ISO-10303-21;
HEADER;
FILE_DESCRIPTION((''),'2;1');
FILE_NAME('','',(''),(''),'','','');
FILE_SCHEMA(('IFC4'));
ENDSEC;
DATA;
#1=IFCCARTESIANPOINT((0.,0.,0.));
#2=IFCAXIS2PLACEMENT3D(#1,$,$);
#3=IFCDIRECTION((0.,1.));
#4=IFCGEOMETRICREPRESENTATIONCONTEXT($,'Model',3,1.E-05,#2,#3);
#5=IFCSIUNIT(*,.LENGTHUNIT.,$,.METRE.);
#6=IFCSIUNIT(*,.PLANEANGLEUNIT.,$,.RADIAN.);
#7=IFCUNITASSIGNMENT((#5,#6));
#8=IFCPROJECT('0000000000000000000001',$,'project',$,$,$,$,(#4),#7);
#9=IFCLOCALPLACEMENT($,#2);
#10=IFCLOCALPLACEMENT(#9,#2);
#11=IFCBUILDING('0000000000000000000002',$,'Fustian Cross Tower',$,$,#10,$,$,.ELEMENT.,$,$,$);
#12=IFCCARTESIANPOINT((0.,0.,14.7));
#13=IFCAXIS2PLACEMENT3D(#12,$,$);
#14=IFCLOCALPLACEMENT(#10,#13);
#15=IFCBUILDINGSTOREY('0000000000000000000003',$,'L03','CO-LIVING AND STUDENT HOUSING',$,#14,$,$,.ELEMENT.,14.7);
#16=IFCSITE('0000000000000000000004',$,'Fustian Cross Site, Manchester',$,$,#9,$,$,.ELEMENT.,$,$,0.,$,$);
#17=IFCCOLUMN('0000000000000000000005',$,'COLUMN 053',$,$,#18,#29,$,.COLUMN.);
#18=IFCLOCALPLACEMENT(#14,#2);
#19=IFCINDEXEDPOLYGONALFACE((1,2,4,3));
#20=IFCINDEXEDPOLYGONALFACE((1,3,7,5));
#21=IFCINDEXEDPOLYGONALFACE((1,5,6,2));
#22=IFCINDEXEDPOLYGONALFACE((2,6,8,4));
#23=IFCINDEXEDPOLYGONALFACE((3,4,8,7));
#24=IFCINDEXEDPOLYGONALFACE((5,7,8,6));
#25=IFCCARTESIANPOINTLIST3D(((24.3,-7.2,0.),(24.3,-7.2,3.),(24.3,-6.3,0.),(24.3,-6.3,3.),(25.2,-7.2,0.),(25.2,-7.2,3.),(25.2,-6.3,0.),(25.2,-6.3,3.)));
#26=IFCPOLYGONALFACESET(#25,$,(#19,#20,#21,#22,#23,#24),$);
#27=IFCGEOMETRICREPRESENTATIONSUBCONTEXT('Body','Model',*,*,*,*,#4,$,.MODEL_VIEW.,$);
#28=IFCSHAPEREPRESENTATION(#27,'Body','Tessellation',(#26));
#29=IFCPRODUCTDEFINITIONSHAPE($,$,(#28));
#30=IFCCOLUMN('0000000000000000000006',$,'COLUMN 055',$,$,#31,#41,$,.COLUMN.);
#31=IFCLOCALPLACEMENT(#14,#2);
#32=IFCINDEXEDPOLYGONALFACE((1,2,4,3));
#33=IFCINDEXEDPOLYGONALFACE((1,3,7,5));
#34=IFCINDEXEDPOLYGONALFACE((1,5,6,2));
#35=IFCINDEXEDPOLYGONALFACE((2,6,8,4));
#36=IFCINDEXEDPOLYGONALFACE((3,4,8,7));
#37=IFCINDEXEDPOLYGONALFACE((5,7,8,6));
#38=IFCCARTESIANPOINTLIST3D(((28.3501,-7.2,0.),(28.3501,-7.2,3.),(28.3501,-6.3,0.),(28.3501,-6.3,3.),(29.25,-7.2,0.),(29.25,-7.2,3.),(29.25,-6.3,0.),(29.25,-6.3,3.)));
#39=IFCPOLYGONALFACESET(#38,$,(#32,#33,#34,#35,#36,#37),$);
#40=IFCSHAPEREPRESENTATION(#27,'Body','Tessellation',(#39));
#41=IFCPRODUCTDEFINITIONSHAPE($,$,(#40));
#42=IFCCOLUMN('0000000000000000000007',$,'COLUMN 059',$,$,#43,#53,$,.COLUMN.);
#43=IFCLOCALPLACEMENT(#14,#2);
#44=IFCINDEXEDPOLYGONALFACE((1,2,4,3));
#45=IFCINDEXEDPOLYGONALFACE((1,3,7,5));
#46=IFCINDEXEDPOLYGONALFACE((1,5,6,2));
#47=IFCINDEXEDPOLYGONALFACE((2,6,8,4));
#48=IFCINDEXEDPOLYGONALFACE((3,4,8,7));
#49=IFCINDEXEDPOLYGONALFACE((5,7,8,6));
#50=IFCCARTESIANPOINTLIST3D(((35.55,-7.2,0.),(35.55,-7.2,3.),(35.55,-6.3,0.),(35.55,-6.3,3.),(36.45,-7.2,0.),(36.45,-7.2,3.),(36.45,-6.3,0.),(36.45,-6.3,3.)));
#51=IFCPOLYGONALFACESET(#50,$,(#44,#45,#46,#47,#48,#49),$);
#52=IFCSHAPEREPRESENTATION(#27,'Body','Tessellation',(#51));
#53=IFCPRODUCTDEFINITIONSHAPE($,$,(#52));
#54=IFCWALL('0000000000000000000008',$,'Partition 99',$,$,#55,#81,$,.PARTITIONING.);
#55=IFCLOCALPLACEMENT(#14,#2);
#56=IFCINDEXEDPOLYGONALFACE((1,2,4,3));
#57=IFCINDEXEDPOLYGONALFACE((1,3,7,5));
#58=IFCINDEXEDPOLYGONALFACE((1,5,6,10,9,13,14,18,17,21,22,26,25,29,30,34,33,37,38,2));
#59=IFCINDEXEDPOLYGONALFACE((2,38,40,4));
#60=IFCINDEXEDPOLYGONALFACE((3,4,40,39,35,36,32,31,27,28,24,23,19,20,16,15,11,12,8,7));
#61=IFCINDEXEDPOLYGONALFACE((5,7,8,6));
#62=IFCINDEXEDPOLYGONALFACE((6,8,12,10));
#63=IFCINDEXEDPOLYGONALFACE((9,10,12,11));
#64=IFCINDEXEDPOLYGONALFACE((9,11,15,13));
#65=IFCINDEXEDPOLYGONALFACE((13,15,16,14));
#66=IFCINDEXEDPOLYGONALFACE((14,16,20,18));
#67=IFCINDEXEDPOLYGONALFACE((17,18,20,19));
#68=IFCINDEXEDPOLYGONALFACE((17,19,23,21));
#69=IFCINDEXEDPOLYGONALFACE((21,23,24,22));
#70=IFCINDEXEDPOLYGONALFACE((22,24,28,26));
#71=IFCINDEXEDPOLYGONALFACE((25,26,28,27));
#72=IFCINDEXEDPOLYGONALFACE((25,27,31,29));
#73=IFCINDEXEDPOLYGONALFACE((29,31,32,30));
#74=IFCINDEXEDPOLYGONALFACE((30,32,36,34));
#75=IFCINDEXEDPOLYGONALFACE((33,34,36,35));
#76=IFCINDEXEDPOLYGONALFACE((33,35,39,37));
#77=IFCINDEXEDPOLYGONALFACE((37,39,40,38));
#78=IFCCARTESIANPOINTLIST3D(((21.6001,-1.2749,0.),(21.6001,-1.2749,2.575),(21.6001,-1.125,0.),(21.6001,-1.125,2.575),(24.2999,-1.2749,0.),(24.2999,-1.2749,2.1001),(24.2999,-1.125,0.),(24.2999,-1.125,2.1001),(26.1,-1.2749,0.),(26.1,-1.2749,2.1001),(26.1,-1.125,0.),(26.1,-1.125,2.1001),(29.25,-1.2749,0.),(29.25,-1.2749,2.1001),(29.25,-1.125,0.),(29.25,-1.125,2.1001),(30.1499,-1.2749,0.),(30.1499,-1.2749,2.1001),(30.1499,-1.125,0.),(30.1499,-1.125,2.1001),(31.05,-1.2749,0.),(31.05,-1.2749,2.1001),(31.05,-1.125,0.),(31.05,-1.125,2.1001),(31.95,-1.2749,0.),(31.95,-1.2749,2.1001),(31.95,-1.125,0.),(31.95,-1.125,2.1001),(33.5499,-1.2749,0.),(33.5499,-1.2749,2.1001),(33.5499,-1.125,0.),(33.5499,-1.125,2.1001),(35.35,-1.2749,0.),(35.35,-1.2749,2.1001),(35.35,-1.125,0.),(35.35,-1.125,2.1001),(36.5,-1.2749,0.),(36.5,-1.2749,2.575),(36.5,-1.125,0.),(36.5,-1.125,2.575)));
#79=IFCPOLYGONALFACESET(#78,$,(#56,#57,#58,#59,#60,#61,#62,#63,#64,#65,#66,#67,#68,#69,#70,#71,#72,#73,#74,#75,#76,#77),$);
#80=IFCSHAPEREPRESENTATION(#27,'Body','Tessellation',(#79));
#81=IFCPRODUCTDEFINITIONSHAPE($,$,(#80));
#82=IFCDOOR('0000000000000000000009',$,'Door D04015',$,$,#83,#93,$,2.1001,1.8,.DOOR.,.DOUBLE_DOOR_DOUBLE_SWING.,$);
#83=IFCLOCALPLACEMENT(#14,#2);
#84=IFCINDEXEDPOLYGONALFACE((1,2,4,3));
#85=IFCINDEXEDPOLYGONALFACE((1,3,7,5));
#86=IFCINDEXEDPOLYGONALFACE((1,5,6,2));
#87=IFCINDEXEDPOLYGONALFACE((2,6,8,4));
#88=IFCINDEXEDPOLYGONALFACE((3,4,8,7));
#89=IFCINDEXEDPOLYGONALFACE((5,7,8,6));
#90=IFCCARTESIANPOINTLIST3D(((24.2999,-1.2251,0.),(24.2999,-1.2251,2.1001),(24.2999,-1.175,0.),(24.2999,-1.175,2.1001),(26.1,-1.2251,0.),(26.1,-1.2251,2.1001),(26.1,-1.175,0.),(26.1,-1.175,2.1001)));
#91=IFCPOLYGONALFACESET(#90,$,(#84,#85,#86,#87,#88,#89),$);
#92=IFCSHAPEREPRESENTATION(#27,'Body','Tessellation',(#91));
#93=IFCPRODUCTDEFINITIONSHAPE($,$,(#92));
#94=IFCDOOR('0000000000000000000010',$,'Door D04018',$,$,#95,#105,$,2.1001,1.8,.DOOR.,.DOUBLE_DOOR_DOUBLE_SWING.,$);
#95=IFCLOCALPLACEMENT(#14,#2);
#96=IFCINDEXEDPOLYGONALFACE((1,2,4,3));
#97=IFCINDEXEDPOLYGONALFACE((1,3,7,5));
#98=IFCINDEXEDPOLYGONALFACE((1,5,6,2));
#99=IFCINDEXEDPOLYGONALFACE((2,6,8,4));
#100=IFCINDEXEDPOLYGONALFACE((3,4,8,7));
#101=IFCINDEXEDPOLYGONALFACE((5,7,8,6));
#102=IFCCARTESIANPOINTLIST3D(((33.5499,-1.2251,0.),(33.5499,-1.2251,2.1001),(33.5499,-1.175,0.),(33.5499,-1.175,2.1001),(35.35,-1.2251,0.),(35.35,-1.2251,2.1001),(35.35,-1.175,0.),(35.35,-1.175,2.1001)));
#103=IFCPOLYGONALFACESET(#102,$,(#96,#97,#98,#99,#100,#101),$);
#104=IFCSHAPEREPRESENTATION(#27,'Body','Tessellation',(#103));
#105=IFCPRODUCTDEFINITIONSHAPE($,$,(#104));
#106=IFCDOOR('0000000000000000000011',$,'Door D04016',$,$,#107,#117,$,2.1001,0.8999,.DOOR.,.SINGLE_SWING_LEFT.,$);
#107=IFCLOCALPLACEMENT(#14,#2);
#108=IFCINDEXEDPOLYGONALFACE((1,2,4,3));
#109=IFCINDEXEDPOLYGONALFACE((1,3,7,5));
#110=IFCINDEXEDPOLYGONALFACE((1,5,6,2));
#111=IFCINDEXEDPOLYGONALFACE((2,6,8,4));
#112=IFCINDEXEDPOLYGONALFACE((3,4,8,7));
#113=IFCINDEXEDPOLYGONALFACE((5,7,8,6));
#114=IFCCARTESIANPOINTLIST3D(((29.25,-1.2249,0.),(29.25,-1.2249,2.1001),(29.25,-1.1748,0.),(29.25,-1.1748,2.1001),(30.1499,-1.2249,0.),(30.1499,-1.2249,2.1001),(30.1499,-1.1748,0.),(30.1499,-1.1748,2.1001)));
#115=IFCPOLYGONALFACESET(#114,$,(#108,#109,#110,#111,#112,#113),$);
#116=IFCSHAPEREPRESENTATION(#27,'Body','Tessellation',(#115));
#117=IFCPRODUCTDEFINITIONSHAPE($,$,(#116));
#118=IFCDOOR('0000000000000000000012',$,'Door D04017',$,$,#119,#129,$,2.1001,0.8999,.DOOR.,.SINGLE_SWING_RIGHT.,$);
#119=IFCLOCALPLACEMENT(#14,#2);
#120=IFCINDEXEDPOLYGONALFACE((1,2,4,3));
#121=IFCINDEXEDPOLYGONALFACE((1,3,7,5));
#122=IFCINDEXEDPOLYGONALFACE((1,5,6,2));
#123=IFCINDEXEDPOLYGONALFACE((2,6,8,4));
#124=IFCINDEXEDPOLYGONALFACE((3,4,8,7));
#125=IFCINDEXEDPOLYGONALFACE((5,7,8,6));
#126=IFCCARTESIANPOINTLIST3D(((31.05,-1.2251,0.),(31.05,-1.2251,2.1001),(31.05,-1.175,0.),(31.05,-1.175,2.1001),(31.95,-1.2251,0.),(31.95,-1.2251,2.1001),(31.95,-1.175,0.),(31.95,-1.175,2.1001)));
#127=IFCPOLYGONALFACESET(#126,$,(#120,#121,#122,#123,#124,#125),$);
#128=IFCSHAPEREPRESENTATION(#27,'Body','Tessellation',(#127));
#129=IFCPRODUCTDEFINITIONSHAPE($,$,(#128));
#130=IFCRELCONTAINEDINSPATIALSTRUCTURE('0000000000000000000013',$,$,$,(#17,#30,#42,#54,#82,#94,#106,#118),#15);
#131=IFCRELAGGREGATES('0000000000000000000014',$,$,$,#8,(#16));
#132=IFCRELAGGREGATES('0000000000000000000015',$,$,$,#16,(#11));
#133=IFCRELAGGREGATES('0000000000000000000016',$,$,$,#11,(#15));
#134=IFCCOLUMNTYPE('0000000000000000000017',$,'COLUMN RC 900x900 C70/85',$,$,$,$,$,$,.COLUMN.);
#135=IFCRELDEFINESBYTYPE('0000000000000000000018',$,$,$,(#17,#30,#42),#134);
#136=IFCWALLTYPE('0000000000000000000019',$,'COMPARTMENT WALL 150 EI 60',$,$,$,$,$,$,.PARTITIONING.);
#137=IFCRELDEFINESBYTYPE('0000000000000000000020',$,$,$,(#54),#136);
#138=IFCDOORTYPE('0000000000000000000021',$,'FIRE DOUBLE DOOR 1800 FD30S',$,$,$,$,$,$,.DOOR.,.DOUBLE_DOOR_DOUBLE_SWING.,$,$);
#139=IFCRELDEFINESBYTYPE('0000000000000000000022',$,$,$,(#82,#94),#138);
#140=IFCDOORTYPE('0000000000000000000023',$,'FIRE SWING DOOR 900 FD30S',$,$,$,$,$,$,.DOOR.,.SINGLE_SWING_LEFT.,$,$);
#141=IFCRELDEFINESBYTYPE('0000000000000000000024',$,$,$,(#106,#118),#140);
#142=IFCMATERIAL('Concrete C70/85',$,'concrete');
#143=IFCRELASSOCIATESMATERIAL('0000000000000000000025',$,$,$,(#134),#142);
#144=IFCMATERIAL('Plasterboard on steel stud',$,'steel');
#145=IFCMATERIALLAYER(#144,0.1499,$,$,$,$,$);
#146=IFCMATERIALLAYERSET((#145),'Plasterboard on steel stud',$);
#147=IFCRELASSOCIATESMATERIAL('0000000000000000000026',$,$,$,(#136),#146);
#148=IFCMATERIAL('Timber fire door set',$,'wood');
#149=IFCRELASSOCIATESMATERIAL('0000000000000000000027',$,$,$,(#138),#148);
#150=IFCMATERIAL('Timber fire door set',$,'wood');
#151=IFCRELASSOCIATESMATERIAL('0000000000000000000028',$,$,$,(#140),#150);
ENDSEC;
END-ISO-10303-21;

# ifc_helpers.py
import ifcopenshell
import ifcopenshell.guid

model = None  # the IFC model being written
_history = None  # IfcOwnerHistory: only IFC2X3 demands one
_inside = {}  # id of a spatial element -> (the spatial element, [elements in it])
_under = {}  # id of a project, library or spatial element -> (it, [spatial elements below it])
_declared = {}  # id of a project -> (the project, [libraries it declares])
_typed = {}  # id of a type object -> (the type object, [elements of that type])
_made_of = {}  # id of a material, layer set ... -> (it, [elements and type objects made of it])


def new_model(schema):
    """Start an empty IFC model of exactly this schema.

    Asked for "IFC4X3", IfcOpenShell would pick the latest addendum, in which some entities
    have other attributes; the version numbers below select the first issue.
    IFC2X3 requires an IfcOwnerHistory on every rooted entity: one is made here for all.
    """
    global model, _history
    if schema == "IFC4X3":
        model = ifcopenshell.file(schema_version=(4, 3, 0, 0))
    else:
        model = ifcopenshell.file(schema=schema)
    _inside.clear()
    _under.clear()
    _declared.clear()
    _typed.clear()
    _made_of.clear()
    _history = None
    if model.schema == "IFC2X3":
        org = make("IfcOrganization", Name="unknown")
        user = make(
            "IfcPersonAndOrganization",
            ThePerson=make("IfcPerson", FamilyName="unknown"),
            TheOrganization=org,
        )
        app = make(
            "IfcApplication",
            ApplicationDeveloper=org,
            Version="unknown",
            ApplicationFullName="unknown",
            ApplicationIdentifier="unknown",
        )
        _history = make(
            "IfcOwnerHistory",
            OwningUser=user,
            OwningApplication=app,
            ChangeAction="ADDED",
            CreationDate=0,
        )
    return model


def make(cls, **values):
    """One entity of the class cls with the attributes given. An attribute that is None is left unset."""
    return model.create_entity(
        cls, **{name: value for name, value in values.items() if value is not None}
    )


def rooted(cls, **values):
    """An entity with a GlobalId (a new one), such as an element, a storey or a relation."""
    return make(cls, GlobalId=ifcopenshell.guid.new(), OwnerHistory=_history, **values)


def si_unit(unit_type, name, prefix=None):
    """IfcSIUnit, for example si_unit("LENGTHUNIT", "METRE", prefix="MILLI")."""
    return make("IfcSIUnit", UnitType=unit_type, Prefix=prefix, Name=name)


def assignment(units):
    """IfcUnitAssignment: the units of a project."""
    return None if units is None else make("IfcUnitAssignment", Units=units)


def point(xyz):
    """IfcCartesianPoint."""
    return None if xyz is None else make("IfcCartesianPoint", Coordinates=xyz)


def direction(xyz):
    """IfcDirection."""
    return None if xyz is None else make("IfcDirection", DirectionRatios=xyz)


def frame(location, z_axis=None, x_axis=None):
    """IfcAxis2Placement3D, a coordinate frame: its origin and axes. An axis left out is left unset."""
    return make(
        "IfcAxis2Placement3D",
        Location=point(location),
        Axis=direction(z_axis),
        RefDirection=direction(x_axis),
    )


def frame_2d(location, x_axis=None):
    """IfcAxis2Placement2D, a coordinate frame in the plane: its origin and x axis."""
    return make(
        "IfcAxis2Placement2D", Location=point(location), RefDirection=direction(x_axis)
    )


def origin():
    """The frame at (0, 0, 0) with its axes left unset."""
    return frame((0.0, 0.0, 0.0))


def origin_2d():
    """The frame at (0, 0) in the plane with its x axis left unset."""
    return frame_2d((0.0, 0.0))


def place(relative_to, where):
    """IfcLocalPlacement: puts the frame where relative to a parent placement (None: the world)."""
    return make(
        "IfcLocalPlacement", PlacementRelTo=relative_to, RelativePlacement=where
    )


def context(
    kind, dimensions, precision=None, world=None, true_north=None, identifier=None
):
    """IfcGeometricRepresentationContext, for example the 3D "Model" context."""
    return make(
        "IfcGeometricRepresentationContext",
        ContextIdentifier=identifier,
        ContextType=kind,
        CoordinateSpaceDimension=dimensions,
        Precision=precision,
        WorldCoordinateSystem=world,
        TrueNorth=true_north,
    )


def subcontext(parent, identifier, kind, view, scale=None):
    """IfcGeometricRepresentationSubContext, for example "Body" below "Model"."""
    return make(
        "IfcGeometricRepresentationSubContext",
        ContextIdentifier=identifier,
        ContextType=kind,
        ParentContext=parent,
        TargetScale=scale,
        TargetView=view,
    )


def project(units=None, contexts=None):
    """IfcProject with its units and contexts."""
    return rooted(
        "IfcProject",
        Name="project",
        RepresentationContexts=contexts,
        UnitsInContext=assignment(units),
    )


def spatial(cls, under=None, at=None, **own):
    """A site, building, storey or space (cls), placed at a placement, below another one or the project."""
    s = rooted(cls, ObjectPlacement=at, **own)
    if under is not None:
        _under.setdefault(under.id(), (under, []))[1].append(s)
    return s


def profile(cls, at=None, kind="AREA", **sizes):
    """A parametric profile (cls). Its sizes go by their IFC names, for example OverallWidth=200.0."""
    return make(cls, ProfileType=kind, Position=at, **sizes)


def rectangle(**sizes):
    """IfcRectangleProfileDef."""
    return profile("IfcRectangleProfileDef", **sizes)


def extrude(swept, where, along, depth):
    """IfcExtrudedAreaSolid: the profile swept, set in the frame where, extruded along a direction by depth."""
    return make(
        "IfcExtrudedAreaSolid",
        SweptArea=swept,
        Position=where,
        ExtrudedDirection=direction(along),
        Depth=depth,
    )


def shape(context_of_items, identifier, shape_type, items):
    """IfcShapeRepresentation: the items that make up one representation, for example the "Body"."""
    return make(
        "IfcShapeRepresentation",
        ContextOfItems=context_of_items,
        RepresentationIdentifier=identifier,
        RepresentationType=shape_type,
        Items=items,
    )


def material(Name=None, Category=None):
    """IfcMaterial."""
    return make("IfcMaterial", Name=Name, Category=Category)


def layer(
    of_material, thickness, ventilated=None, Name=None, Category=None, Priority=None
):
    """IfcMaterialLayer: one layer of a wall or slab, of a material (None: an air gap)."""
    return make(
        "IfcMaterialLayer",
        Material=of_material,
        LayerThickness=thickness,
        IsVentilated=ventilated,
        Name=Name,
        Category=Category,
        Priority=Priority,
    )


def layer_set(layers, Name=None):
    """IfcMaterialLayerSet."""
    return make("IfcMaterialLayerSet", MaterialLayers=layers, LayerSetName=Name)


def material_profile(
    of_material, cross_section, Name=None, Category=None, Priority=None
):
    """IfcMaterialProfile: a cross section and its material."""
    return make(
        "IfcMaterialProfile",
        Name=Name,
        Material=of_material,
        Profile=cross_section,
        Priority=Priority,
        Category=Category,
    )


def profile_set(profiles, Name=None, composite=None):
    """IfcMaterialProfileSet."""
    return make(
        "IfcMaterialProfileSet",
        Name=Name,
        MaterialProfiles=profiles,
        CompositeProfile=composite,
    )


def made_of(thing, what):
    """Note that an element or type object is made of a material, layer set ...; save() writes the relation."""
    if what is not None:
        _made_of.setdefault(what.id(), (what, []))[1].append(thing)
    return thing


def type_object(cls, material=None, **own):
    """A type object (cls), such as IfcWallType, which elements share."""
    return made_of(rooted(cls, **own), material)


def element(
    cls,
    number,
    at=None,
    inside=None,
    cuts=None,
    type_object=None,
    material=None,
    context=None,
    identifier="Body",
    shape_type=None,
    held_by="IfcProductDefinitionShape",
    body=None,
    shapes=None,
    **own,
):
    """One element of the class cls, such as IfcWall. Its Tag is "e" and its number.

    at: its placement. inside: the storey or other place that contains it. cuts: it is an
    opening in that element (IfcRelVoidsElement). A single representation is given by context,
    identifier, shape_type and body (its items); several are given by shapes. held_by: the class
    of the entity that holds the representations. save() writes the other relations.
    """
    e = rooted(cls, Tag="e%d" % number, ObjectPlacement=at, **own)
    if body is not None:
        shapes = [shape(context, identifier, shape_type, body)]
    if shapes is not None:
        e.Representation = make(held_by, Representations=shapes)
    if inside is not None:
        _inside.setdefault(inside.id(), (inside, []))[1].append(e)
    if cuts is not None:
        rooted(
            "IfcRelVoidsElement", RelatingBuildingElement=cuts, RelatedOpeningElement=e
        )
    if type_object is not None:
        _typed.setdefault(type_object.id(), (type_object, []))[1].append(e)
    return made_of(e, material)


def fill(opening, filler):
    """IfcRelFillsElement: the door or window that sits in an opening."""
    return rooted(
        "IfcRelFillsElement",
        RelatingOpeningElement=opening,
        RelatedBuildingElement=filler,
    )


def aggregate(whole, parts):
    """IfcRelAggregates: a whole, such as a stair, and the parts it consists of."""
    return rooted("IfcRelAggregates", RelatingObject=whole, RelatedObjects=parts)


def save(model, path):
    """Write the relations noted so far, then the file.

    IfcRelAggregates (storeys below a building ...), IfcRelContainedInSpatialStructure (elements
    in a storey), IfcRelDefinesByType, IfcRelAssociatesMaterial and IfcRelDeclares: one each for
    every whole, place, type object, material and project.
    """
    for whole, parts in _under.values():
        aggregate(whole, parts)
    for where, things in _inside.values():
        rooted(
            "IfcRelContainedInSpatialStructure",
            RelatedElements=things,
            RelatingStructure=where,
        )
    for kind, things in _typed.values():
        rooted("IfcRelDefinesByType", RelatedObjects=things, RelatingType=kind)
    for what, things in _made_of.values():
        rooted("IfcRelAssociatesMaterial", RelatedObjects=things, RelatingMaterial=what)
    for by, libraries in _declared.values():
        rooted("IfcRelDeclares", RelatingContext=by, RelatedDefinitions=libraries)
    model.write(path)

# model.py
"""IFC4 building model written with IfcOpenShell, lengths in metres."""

from ifc_helpers import new_model, si_unit, direction, frame, frame_2d, origin, origin_2d, place, context, subcontext, project, spatial, rectangle, extrude, material, layer, layer_set, material_profile, profile_set, type_object, element, fill, save


model = new_model("IFC4")

# Units and contexts
model_context = context("Model", 3, precision=1e-05, world=origin(), true_north=direction((0.0, 1.0)))
body_context = subcontext(model_context, "Body", "Model", "MODEL_VIEW")
ifc_project = project(units=[si_unit("LENGTHUNIT", "METRE"), si_unit("PLANEANGLEUNIT", "RADIAN")], contexts=[model_context])

# Site, building, storey
site_placement = place(None, origin())
site = spatial("IfcSite", under=ifc_project, at=site_placement, Name="Fustian Cross Site, Manchester", CompositionType="ELEMENT", RefElevation=0.0)
building_placement = place(site_placement, origin())
building = spatial("IfcBuilding", under=site, at=building_placement, Name="Fustian Cross Tower", CompositionType="ELEMENT")
storey_placement = place(building_placement, frame((0.0, 0.0, 14.7)))
storey = spatial("IfcBuildingStorey", under=building, at=storey_placement, Name="L03", Description="CO-LIVING AND STUDENT HOUSING", CompositionType="ELEMENT", Elevation=14.7)

# Columns
ifc_material_1 = material(Name="Concrete C70/85", Category="concrete")
ifc_material_profile = material_profile(ifc_material_1, rectangle(XDim=0.8999, YDim=0.8999, at=origin_2d()), Name="RC 900x900")
ifc_profile_set = profile_set([ifc_material_profile], Name="Concrete C70/85")
column_type = type_object("IfcColumnType", Name="COLUMN RC 900x900 C70/85", PredefinedType="COLUMN", material=ifc_profile_set)
for number, where, z_axis, x_axis, name in (
    (1, (24.75, -6.75, 0.0), (0.0, 0.0, 1.0), (1.0, 0.0, 0.0), "COLUMN 053"),
    (2, (28.8, -6.75, 0.0), (0.0, 0.0, 1.0), (1.0, 0.0, 0.0), "COLUMN 055"),
    (3, (36.0, -6.75, 0.0), (0.0, 0.0, 1.0), (1.0, 0.0, 0.0), "COLUMN 059"),
):
    element("IfcColumn", number, at=place(storey_placement, frame(where, z_axis=z_axis, x_axis=x_axis)), inside=storey, type_object=column_type, Name=name, PredefinedType="COLUMN", context=body_context, shape_type="SweptSolid", body=[
        extrude(rectangle(XDim=0.8999, YDim=0.8999, at=origin_2d()), origin(), (0.0, 0.0, 1.0), 3.0),
    ])

# Wall, openings, doors
ifc_material_2 = material(Name="Plasterboard on steel stud", Category="steel")
ifc_layer_1 = layer(ifc_material_2, 0.1499)
ifc_layer_set_1 = layer_set([ifc_layer_1], Name="Plasterboard on steel stud")
wall_type_1 = type_object("IfcWallType", Name="COMPARTMENT WALL 150 EI 60", PredefinedType="PARTITIONING", material=ifc_layer_set_1)
wall_1_placement = place(storey_placement, frame((21.6001, -1.2, 0.0), z_axis=(0.0, 0.0, 1.0), x_axis=(1.0, 0.0, 0.0)))
wall_1 = element("IfcWall", 4, at=wall_1_placement, inside=storey, type_object=wall_type_1, Name="Partition 99", PredefinedType="PARTITIONING", context=body_context, shape_type="SweptSolid", body=[
    extrude(rectangle(XDim=14.8999, YDim=0.1499, at=frame_2d((7.45, 0.0))), origin(), (0.0, 0.0, 1.0), 2.575),
])
opening_1_placement = place(wall_1_placement, frame((2.7, 0.0, 0.0)))
opening_1 = element("IfcOpeningElement", 5, at=opening_1_placement, cuts=wall_1, PredefinedType="OPENING", context=body_context, shape_type="SweptSolid", body=[
    extrude(rectangle(XDim=1.8, YDim=2.1001, at=frame_2d((0.8999, 1.05))), frame((0.0, 0.085, 0.0), z_axis=(0.0, -1.0, 0.0), x_axis=(1.0, 0.0, 0.0)), (0.0, 0.0, 1.0), 0.1699),
])
opening_2_placement = place(wall_1_placement, frame((7.6499, 0.0, 0.0)))
opening_2 = element("IfcOpeningElement", 6, at=opening_2_placement, cuts=wall_1, PredefinedType="OPENING", context=body_context, shape_type="SweptSolid", body=[
    extrude(rectangle(XDim=0.8999, YDim=2.1001, at=frame_2d((0.45, 1.05))), frame((0.0, 0.085, 0.0), z_axis=(0.0, -1.0, 0.0), x_axis=(1.0, 0.0, 0.0)), (0.0, 0.0, 1.0), 0.1699),
])
opening_3_placement = place(wall_1_placement, frame((9.45, 0.0, 0.0)))
opening_3 = element("IfcOpeningElement", 7, at=opening_3_placement, cuts=wall_1, PredefinedType="OPENING", context=body_context, shape_type="SweptSolid", body=[
    extrude(rectangle(XDim=0.8999, YDim=2.1001, at=frame_2d((0.45, 1.05))), frame((0.0, 0.085, 0.0), z_axis=(0.0, -1.0, 0.0), x_axis=(1.0, 0.0, 0.0)), (0.0, 0.0, 1.0), 0.1699),
])
opening_4_placement = place(wall_1_placement, frame((11.95, 0.0, 0.0)))
opening_4 = element("IfcOpeningElement", 8, at=opening_4_placement, cuts=wall_1, PredefinedType="OPENING", context=body_context, shape_type="SweptSolid", body=[
    extrude(rectangle(XDim=1.8, YDim=2.1001, at=frame_2d((0.8999, 1.05))), frame((0.0, 0.085, 0.0), z_axis=(0.0, -1.0, 0.0), x_axis=(1.0, 0.0, 0.0)), (0.0, 0.0, 1.0), 0.1699),
])
ifc_material_3 = material(Name="Timber fire door set", Category="wood")
door_type_1 = type_object("IfcDoorType", Name="FIRE DOUBLE DOOR 1800 FD30S", OperationType="DOUBLE_DOOR_DOUBLE_SWING", PredefinedType="DOOR", material=ifc_material_3)
door_1_placement = place(opening_1_placement, origin())
door_1 = element("IfcDoor", 9, at=door_1_placement, inside=storey, type_object=door_type_1, Name="Door D04015", OperationType="DOUBLE_DOOR_DOUBLE_SWING", OverallHeight=2.1001, OverallWidth=1.8, PredefinedType="DOOR", context=body_context, shape_type="SweptSolid", body=[
    extrude(rectangle(XDim=1.8, YDim=2.1001, at=frame_2d((0.8999, 1.05))), frame((0.0, 0.0249, 0.0), z_axis=(0.0, -1.0, 0.0), x_axis=(1.0, 0.0, 0.0)), (0.0, 0.0, 1.0), 0.05),
])
fill(opening_1, door_1)
door_2_placement = place(opening_4_placement, origin())
door_2 = element("IfcDoor", 10, at=door_2_placement, inside=storey, type_object=door_type_1, Name="Door D04018", OperationType="DOUBLE_DOOR_DOUBLE_SWING", OverallHeight=2.1001, OverallWidth=1.8, PredefinedType="DOOR", context=body_context, shape_type="SweptSolid", body=[
    extrude(rectangle(XDim=1.8, YDim=2.1001, at=frame_2d((0.8999, 1.05))), frame((0.0, 0.0249, 0.0), z_axis=(0.0, -1.0, 0.0), x_axis=(1.0, 0.0, 0.0)), (0.0, 0.0, 1.0), 0.05),
])
fill(opening_4, door_2)
ifc_material_4 = material(Name="Timber fire door set", Category="wood")
door_type_2 = type_object("IfcDoorType", Name="FIRE SWING DOOR 900 FD30S", OperationType="SINGLE_SWING_LEFT", PredefinedType="DOOR", material=ifc_material_4)
door_3_placement = place(opening_2_placement, frame((0.8999, 0.0, 0.0), z_axis=(0.0, 0.0, 1.0), x_axis=(-1.0, 0.0, 0.0)))
door_3 = element("IfcDoor", 11, at=door_3_placement, inside=storey, type_object=door_type_2, Name="Door D04016", OperationType="SINGLE_SWING_LEFT", OverallHeight=2.1001, OverallWidth=0.8999, PredefinedType="DOOR", context=body_context, shape_type="SweptSolid", body=[
    extrude(rectangle(XDim=0.8999, YDim=2.1001, at=frame_2d((0.45, 1.05))), frame((0.0, 0.0249, 0.0), z_axis=(0.0, -1.0, 0.0), x_axis=(1.0, 0.0, 0.0)), (0.0, 0.0, 1.0), 0.05),
])
fill(opening_2, door_3)
door_4_placement = place(opening_3_placement, origin())
door_4 = element("IfcDoor", 12, at=door_4_placement, inside=storey, type_object=door_type_2, Name="Door D04017", OperationType="SINGLE_SWING_RIGHT", OverallHeight=2.1001, OverallWidth=0.8999, PredefinedType="DOOR", context=body_context, shape_type="SweptSolid", body=[
    extrude(rectangle(XDim=0.8999, YDim=2.1001, at=frame_2d((0.45, 1.05))), frame((0.0, 0.0249, 0.0), z_axis=(0.0, -1.0, 0.0), x_axis=(1.0, 0.0, 0.0)), (0.0, 0.0, 1.0), 0.05),
])
fill(opening_3, door_4)

save(model, "model.ifc")
